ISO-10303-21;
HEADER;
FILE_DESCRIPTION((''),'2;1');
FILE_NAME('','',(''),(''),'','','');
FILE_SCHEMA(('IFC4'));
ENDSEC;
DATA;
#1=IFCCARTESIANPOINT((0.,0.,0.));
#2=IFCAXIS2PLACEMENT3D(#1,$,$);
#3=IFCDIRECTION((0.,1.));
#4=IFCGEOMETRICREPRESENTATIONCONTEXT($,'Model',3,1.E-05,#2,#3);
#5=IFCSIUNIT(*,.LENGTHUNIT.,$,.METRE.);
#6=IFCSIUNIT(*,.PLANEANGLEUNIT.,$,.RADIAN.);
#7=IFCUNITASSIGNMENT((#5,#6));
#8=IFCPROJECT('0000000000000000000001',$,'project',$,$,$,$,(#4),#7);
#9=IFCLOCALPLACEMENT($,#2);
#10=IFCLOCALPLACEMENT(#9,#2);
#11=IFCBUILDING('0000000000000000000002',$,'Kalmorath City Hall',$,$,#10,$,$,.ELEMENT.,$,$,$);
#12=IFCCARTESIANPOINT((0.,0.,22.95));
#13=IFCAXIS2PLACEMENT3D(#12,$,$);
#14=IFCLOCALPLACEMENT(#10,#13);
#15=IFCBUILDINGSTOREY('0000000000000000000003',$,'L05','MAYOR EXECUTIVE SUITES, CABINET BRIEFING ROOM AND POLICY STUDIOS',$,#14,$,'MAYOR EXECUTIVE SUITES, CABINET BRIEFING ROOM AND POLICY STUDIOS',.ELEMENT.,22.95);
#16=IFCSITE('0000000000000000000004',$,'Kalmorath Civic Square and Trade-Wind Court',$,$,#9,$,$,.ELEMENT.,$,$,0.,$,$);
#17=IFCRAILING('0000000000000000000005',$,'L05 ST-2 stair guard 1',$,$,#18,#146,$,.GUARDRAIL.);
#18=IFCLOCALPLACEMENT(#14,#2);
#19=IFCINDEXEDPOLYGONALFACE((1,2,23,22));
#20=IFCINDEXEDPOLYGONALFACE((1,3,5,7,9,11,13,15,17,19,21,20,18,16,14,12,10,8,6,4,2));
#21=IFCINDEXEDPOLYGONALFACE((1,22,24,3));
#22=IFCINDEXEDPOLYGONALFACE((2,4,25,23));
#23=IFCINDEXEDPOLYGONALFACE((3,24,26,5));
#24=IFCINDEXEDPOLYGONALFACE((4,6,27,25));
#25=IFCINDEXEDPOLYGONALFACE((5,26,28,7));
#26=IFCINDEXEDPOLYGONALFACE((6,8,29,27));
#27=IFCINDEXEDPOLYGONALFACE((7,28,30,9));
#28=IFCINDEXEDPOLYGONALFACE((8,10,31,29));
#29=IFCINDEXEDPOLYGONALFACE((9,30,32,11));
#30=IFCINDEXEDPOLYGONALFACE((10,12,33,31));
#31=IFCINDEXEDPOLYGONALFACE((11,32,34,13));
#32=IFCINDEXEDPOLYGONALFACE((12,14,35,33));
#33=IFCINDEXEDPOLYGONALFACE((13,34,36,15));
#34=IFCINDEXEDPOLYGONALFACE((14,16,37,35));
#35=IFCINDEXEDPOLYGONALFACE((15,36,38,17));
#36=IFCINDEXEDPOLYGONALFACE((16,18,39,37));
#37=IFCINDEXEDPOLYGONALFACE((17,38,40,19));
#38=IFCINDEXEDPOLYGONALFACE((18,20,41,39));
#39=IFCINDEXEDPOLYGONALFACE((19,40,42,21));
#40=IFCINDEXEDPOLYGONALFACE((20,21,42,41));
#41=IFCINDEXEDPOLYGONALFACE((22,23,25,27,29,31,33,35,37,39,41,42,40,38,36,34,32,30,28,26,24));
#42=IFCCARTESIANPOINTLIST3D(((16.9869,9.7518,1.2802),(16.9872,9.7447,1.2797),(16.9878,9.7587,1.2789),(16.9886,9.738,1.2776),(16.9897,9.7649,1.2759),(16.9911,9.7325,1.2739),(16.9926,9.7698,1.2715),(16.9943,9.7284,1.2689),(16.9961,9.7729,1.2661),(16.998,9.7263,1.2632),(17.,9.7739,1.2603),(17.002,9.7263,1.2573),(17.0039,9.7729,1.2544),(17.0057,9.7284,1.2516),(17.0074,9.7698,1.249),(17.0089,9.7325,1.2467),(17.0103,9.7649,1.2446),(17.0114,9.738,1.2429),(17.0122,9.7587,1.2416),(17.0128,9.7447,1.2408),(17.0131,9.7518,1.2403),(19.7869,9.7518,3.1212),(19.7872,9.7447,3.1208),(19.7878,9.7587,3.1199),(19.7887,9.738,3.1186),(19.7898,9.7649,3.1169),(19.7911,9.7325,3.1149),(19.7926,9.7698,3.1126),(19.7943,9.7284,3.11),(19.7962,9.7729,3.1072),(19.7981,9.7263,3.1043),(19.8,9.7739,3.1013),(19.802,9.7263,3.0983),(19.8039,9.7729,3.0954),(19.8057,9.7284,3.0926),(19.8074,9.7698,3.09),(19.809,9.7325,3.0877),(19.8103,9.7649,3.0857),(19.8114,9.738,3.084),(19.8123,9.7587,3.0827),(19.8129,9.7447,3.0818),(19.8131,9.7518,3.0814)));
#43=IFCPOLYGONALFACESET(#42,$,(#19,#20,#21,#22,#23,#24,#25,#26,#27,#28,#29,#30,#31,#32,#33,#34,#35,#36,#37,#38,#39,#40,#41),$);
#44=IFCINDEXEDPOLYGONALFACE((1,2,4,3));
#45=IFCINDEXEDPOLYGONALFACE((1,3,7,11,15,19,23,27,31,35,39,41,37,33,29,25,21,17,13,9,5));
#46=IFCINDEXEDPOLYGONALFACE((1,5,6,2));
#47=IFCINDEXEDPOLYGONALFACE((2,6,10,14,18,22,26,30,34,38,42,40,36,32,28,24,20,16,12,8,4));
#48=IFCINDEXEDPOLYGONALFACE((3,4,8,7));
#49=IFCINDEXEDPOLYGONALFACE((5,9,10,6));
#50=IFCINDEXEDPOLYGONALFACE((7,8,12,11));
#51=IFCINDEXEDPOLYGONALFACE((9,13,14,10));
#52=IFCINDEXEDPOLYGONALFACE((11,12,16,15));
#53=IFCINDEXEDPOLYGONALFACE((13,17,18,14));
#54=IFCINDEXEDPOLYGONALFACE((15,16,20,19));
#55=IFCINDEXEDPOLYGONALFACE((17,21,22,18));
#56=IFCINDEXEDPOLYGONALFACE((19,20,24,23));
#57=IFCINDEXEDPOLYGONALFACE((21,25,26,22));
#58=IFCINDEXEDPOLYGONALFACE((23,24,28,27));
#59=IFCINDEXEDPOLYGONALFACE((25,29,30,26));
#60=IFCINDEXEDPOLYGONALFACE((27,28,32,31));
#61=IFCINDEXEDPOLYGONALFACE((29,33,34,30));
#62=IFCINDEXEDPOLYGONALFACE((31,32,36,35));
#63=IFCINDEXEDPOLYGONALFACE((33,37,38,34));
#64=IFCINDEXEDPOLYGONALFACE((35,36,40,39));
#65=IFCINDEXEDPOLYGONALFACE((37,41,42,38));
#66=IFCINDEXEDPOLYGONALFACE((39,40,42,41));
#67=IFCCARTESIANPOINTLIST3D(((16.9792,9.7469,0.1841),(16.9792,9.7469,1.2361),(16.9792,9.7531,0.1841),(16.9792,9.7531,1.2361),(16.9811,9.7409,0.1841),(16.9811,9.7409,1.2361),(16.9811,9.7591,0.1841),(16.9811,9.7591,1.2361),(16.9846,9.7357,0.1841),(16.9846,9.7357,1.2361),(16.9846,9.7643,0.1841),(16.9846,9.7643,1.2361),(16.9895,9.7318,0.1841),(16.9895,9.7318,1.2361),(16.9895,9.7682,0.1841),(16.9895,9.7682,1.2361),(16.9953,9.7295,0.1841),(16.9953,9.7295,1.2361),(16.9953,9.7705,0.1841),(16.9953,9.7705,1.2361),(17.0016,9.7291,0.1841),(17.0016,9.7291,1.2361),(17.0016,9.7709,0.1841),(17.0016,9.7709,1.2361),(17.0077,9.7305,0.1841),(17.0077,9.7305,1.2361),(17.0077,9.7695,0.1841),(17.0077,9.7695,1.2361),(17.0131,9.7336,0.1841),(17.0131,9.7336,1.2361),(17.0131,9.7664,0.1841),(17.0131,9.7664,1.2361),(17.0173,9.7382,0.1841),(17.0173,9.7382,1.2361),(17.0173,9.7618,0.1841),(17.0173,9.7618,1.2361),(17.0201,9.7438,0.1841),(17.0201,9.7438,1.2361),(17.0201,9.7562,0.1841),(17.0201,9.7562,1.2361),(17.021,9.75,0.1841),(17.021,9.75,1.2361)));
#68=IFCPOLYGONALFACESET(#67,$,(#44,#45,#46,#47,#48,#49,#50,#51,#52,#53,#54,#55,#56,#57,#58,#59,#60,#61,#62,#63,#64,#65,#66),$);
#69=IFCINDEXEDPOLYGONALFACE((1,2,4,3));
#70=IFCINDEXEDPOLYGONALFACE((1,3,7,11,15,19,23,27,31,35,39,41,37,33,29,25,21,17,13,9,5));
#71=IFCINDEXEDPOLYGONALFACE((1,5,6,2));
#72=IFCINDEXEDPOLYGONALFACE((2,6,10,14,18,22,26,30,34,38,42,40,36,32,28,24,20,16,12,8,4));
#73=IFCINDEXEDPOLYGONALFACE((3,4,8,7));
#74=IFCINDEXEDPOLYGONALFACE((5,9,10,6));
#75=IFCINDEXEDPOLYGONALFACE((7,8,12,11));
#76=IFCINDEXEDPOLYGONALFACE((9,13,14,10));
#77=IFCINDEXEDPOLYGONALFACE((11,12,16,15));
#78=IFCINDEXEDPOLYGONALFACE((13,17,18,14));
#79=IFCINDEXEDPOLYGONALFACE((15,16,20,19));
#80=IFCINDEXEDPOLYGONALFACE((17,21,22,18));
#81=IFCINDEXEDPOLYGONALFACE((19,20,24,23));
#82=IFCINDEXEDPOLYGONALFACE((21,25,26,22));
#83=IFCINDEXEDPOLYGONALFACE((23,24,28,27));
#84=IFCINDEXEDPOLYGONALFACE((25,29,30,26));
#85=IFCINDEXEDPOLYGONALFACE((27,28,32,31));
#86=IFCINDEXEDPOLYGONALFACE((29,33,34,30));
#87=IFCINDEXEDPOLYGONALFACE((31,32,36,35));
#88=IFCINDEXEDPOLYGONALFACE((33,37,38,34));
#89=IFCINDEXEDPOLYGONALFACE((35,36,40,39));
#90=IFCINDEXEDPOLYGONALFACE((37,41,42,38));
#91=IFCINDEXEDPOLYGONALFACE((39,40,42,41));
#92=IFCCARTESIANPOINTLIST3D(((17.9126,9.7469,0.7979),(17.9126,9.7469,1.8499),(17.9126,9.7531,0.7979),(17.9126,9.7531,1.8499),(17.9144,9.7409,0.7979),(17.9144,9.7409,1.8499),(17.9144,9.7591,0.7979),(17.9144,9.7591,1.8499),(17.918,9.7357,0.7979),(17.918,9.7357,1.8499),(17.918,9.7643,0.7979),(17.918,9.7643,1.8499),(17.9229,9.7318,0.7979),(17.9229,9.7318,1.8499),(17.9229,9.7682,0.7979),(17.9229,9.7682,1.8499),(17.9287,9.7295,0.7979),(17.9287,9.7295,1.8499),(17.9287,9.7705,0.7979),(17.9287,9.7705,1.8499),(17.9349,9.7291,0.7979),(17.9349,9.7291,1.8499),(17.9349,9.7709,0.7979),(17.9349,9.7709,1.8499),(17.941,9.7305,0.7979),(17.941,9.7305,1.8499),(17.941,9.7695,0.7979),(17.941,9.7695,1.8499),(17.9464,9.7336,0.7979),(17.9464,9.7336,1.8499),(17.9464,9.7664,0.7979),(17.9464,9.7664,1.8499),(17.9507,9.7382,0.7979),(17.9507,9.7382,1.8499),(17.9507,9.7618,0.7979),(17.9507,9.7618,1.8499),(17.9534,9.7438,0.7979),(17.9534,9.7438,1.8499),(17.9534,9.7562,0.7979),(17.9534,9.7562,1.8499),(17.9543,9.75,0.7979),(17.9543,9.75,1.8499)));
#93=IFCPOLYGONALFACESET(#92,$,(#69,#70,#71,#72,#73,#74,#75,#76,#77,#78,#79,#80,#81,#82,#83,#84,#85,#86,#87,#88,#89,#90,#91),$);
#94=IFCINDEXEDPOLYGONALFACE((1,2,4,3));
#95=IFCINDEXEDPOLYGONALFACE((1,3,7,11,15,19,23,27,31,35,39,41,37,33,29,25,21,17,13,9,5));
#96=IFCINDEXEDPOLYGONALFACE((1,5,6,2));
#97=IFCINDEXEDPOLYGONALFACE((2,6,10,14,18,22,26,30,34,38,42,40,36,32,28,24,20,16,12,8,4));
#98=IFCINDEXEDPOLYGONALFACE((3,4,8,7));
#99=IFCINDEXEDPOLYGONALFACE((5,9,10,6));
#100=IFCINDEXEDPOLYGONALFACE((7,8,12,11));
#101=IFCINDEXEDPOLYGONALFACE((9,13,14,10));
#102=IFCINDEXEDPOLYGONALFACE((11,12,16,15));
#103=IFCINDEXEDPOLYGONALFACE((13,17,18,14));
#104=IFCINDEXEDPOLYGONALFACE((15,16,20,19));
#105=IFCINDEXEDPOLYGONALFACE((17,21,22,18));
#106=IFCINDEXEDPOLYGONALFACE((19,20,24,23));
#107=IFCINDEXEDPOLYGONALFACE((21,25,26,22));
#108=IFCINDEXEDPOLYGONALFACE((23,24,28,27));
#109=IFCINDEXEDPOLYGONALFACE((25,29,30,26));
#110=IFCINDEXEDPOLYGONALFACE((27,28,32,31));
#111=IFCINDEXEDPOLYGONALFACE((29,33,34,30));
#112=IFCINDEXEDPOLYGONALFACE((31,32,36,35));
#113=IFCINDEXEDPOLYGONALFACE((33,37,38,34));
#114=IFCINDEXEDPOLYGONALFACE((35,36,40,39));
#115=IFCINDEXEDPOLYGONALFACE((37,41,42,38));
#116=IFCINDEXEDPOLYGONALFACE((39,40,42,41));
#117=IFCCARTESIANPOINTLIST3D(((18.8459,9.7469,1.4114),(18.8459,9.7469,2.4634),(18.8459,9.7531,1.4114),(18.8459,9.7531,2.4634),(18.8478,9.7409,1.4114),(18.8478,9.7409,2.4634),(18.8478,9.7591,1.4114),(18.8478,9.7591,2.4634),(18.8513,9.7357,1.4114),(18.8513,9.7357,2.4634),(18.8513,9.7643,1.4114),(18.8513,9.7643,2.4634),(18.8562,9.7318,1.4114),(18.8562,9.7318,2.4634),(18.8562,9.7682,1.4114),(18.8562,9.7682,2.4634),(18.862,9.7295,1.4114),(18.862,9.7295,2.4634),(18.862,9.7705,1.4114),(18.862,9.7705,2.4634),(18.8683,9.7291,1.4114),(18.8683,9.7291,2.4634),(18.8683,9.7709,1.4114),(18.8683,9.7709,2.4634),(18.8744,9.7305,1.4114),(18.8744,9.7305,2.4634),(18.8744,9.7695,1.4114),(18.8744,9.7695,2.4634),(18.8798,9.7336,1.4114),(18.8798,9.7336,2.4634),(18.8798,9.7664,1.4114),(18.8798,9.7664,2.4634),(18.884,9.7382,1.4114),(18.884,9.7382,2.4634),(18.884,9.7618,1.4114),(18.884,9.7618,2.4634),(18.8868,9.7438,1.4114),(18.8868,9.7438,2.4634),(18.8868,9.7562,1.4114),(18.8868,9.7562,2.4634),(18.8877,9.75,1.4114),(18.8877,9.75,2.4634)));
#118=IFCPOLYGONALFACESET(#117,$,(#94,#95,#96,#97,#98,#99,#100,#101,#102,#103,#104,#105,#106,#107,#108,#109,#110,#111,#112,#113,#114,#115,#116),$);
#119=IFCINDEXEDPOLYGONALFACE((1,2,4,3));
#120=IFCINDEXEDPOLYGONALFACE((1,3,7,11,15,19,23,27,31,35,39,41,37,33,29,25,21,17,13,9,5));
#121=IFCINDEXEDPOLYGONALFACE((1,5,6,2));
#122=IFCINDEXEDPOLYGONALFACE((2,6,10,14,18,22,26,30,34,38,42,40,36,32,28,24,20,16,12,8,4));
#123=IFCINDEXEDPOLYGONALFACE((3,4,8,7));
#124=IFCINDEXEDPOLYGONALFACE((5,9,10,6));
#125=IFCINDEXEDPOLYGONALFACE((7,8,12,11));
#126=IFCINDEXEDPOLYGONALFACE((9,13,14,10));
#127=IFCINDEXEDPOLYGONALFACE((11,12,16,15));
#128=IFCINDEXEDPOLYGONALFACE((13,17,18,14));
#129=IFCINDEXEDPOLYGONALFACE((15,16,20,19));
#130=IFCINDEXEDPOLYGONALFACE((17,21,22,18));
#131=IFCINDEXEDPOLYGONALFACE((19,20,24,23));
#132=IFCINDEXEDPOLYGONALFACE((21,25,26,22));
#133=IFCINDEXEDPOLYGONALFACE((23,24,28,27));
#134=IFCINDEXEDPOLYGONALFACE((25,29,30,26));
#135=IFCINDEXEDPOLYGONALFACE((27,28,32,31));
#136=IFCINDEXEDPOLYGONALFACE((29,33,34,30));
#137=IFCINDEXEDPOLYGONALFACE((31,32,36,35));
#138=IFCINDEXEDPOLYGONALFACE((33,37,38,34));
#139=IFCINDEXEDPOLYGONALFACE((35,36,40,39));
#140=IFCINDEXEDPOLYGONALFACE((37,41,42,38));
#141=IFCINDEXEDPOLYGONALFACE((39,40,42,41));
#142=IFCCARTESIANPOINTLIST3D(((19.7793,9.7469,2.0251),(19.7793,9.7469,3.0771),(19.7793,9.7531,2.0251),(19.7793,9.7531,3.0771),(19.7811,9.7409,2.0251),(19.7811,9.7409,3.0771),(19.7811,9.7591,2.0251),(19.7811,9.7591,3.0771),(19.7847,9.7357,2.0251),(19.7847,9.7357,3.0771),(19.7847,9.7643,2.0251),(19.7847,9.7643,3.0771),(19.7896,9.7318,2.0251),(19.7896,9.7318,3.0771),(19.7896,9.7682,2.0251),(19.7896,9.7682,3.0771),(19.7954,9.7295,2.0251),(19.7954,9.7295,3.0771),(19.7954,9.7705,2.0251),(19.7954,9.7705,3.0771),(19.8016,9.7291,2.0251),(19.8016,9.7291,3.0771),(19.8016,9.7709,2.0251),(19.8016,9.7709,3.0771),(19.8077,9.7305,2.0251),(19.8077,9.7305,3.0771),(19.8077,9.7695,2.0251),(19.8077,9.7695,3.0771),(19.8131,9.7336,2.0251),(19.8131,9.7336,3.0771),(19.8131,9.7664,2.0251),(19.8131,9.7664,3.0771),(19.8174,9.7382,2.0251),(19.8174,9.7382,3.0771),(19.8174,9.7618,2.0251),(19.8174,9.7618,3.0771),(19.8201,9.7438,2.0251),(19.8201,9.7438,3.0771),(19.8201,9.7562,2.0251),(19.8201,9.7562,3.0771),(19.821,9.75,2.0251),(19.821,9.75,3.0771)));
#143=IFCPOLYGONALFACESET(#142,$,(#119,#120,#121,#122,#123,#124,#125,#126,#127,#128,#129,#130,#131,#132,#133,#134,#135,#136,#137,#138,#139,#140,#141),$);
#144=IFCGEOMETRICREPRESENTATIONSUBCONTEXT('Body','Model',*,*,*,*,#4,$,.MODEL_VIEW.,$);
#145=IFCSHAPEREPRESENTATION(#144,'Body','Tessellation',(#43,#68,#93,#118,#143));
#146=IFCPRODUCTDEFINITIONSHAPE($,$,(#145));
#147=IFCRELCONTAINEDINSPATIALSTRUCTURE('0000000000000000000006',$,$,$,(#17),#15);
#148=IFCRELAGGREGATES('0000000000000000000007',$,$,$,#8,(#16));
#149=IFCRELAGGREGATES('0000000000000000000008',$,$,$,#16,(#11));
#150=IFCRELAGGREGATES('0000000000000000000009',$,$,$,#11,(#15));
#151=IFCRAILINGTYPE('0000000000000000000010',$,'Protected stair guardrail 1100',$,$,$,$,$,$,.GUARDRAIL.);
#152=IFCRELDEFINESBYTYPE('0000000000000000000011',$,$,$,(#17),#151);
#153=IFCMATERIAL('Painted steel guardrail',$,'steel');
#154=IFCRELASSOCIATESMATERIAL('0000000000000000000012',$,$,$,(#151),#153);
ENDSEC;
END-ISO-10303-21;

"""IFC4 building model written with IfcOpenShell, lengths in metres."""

from ifc_helpers import new_model, si_unit, direction, frame, origin, origin_2d, place, context, subcontext, project, spatial, circle, extrude, material, type_object, element, save


model = new_model("IFC4")

# Units and contexts
model_context = context("Model", 3, precision=1e-05, world=origin(), true_north=direction((0.0, 1.0)))
body_context = subcontext(model_context, "Body", "Model", "MODEL_VIEW")
ifc_project = project(units=[si_unit("LENGTHUNIT", "METRE"), si_unit("PLANEANGLEUNIT", "RADIAN")], contexts=[model_context])

# Site, building, storey
site_placement = place(None, origin())
site = spatial("IfcSite", under=ifc_project, at=site_placement, Name="Kalmorath Civic Square and Trade-Wind Court", CompositionType="ELEMENT", RefElevation=0.0)
building_placement = place(site_placement, origin())
building = spatial("IfcBuilding", under=site, at=building_placement, Name="Kalmorath City Hall", CompositionType="ELEMENT")
storey_placement = place(building_placement, frame((0.0, 0.0, 22.95)))
storey = spatial("IfcBuildingStorey", under=building, at=storey_placement, Name="L05", Description="MAYOR EXECUTIVE SUITES, CABINET BRIEFING ROOM AND POLICY STUDIOS", LongName="MAYOR EXECUTIVE SUITES, CABINET BRIEFING ROOM AND POLICY STUDIOS", CompositionType="ELEMENT", Elevation=22.95)

# Railing
ifc_material_1 = material(Name="Painted steel guardrail", Category="steel")
railing_type_1 = type_object("IfcRailingType", Name="Protected stair guardrail 1100", PredefinedType="GUARDRAIL", material=ifc_material_1)
railing_1_placement = place(storey_placement, frame((17.0, 9.75, 0.1841)))
element("IfcRailing", 1, at=railing_1_placement, inside=storey, type_object=railing_type_1, Name="L05 ST-2 stair guard 1", PredefinedType="GUARDRAIL", context=body_context, shape_type="SweptSolid", body=[
    extrude(circle(Radius=0.0239, at=origin_2d()), frame((0.0, 0.0, 1.0762), z_axis=(0.835564, 0.0, 0.549393), x_axis=(0.0, 1.0, 0.0)), (0.0, 0.0, 1.0), 3.3511),
    extrude(circle(Radius=0.021, at=origin_2d()), origin(), (0.0, 0.0, 1.0), 1.052),
    extrude(circle(Radius=0.021, at=origin_2d()), frame((0.9333, 0.0, 0.6138)), (0.0, 0.0, 1.0), 1.052),
    extrude(circle(Radius=0.021, at=origin_2d()), frame((1.8667, 0.0, 1.2273)), (0.0, 0.0, 1.0), 1.052),
    extrude(circle(Radius=0.021, at=origin_2d()), frame((2.8, 0.0, 1.8411)), (0.0, 0.0, 1.0), 1.052),
])

save(model, "model.ifc")
